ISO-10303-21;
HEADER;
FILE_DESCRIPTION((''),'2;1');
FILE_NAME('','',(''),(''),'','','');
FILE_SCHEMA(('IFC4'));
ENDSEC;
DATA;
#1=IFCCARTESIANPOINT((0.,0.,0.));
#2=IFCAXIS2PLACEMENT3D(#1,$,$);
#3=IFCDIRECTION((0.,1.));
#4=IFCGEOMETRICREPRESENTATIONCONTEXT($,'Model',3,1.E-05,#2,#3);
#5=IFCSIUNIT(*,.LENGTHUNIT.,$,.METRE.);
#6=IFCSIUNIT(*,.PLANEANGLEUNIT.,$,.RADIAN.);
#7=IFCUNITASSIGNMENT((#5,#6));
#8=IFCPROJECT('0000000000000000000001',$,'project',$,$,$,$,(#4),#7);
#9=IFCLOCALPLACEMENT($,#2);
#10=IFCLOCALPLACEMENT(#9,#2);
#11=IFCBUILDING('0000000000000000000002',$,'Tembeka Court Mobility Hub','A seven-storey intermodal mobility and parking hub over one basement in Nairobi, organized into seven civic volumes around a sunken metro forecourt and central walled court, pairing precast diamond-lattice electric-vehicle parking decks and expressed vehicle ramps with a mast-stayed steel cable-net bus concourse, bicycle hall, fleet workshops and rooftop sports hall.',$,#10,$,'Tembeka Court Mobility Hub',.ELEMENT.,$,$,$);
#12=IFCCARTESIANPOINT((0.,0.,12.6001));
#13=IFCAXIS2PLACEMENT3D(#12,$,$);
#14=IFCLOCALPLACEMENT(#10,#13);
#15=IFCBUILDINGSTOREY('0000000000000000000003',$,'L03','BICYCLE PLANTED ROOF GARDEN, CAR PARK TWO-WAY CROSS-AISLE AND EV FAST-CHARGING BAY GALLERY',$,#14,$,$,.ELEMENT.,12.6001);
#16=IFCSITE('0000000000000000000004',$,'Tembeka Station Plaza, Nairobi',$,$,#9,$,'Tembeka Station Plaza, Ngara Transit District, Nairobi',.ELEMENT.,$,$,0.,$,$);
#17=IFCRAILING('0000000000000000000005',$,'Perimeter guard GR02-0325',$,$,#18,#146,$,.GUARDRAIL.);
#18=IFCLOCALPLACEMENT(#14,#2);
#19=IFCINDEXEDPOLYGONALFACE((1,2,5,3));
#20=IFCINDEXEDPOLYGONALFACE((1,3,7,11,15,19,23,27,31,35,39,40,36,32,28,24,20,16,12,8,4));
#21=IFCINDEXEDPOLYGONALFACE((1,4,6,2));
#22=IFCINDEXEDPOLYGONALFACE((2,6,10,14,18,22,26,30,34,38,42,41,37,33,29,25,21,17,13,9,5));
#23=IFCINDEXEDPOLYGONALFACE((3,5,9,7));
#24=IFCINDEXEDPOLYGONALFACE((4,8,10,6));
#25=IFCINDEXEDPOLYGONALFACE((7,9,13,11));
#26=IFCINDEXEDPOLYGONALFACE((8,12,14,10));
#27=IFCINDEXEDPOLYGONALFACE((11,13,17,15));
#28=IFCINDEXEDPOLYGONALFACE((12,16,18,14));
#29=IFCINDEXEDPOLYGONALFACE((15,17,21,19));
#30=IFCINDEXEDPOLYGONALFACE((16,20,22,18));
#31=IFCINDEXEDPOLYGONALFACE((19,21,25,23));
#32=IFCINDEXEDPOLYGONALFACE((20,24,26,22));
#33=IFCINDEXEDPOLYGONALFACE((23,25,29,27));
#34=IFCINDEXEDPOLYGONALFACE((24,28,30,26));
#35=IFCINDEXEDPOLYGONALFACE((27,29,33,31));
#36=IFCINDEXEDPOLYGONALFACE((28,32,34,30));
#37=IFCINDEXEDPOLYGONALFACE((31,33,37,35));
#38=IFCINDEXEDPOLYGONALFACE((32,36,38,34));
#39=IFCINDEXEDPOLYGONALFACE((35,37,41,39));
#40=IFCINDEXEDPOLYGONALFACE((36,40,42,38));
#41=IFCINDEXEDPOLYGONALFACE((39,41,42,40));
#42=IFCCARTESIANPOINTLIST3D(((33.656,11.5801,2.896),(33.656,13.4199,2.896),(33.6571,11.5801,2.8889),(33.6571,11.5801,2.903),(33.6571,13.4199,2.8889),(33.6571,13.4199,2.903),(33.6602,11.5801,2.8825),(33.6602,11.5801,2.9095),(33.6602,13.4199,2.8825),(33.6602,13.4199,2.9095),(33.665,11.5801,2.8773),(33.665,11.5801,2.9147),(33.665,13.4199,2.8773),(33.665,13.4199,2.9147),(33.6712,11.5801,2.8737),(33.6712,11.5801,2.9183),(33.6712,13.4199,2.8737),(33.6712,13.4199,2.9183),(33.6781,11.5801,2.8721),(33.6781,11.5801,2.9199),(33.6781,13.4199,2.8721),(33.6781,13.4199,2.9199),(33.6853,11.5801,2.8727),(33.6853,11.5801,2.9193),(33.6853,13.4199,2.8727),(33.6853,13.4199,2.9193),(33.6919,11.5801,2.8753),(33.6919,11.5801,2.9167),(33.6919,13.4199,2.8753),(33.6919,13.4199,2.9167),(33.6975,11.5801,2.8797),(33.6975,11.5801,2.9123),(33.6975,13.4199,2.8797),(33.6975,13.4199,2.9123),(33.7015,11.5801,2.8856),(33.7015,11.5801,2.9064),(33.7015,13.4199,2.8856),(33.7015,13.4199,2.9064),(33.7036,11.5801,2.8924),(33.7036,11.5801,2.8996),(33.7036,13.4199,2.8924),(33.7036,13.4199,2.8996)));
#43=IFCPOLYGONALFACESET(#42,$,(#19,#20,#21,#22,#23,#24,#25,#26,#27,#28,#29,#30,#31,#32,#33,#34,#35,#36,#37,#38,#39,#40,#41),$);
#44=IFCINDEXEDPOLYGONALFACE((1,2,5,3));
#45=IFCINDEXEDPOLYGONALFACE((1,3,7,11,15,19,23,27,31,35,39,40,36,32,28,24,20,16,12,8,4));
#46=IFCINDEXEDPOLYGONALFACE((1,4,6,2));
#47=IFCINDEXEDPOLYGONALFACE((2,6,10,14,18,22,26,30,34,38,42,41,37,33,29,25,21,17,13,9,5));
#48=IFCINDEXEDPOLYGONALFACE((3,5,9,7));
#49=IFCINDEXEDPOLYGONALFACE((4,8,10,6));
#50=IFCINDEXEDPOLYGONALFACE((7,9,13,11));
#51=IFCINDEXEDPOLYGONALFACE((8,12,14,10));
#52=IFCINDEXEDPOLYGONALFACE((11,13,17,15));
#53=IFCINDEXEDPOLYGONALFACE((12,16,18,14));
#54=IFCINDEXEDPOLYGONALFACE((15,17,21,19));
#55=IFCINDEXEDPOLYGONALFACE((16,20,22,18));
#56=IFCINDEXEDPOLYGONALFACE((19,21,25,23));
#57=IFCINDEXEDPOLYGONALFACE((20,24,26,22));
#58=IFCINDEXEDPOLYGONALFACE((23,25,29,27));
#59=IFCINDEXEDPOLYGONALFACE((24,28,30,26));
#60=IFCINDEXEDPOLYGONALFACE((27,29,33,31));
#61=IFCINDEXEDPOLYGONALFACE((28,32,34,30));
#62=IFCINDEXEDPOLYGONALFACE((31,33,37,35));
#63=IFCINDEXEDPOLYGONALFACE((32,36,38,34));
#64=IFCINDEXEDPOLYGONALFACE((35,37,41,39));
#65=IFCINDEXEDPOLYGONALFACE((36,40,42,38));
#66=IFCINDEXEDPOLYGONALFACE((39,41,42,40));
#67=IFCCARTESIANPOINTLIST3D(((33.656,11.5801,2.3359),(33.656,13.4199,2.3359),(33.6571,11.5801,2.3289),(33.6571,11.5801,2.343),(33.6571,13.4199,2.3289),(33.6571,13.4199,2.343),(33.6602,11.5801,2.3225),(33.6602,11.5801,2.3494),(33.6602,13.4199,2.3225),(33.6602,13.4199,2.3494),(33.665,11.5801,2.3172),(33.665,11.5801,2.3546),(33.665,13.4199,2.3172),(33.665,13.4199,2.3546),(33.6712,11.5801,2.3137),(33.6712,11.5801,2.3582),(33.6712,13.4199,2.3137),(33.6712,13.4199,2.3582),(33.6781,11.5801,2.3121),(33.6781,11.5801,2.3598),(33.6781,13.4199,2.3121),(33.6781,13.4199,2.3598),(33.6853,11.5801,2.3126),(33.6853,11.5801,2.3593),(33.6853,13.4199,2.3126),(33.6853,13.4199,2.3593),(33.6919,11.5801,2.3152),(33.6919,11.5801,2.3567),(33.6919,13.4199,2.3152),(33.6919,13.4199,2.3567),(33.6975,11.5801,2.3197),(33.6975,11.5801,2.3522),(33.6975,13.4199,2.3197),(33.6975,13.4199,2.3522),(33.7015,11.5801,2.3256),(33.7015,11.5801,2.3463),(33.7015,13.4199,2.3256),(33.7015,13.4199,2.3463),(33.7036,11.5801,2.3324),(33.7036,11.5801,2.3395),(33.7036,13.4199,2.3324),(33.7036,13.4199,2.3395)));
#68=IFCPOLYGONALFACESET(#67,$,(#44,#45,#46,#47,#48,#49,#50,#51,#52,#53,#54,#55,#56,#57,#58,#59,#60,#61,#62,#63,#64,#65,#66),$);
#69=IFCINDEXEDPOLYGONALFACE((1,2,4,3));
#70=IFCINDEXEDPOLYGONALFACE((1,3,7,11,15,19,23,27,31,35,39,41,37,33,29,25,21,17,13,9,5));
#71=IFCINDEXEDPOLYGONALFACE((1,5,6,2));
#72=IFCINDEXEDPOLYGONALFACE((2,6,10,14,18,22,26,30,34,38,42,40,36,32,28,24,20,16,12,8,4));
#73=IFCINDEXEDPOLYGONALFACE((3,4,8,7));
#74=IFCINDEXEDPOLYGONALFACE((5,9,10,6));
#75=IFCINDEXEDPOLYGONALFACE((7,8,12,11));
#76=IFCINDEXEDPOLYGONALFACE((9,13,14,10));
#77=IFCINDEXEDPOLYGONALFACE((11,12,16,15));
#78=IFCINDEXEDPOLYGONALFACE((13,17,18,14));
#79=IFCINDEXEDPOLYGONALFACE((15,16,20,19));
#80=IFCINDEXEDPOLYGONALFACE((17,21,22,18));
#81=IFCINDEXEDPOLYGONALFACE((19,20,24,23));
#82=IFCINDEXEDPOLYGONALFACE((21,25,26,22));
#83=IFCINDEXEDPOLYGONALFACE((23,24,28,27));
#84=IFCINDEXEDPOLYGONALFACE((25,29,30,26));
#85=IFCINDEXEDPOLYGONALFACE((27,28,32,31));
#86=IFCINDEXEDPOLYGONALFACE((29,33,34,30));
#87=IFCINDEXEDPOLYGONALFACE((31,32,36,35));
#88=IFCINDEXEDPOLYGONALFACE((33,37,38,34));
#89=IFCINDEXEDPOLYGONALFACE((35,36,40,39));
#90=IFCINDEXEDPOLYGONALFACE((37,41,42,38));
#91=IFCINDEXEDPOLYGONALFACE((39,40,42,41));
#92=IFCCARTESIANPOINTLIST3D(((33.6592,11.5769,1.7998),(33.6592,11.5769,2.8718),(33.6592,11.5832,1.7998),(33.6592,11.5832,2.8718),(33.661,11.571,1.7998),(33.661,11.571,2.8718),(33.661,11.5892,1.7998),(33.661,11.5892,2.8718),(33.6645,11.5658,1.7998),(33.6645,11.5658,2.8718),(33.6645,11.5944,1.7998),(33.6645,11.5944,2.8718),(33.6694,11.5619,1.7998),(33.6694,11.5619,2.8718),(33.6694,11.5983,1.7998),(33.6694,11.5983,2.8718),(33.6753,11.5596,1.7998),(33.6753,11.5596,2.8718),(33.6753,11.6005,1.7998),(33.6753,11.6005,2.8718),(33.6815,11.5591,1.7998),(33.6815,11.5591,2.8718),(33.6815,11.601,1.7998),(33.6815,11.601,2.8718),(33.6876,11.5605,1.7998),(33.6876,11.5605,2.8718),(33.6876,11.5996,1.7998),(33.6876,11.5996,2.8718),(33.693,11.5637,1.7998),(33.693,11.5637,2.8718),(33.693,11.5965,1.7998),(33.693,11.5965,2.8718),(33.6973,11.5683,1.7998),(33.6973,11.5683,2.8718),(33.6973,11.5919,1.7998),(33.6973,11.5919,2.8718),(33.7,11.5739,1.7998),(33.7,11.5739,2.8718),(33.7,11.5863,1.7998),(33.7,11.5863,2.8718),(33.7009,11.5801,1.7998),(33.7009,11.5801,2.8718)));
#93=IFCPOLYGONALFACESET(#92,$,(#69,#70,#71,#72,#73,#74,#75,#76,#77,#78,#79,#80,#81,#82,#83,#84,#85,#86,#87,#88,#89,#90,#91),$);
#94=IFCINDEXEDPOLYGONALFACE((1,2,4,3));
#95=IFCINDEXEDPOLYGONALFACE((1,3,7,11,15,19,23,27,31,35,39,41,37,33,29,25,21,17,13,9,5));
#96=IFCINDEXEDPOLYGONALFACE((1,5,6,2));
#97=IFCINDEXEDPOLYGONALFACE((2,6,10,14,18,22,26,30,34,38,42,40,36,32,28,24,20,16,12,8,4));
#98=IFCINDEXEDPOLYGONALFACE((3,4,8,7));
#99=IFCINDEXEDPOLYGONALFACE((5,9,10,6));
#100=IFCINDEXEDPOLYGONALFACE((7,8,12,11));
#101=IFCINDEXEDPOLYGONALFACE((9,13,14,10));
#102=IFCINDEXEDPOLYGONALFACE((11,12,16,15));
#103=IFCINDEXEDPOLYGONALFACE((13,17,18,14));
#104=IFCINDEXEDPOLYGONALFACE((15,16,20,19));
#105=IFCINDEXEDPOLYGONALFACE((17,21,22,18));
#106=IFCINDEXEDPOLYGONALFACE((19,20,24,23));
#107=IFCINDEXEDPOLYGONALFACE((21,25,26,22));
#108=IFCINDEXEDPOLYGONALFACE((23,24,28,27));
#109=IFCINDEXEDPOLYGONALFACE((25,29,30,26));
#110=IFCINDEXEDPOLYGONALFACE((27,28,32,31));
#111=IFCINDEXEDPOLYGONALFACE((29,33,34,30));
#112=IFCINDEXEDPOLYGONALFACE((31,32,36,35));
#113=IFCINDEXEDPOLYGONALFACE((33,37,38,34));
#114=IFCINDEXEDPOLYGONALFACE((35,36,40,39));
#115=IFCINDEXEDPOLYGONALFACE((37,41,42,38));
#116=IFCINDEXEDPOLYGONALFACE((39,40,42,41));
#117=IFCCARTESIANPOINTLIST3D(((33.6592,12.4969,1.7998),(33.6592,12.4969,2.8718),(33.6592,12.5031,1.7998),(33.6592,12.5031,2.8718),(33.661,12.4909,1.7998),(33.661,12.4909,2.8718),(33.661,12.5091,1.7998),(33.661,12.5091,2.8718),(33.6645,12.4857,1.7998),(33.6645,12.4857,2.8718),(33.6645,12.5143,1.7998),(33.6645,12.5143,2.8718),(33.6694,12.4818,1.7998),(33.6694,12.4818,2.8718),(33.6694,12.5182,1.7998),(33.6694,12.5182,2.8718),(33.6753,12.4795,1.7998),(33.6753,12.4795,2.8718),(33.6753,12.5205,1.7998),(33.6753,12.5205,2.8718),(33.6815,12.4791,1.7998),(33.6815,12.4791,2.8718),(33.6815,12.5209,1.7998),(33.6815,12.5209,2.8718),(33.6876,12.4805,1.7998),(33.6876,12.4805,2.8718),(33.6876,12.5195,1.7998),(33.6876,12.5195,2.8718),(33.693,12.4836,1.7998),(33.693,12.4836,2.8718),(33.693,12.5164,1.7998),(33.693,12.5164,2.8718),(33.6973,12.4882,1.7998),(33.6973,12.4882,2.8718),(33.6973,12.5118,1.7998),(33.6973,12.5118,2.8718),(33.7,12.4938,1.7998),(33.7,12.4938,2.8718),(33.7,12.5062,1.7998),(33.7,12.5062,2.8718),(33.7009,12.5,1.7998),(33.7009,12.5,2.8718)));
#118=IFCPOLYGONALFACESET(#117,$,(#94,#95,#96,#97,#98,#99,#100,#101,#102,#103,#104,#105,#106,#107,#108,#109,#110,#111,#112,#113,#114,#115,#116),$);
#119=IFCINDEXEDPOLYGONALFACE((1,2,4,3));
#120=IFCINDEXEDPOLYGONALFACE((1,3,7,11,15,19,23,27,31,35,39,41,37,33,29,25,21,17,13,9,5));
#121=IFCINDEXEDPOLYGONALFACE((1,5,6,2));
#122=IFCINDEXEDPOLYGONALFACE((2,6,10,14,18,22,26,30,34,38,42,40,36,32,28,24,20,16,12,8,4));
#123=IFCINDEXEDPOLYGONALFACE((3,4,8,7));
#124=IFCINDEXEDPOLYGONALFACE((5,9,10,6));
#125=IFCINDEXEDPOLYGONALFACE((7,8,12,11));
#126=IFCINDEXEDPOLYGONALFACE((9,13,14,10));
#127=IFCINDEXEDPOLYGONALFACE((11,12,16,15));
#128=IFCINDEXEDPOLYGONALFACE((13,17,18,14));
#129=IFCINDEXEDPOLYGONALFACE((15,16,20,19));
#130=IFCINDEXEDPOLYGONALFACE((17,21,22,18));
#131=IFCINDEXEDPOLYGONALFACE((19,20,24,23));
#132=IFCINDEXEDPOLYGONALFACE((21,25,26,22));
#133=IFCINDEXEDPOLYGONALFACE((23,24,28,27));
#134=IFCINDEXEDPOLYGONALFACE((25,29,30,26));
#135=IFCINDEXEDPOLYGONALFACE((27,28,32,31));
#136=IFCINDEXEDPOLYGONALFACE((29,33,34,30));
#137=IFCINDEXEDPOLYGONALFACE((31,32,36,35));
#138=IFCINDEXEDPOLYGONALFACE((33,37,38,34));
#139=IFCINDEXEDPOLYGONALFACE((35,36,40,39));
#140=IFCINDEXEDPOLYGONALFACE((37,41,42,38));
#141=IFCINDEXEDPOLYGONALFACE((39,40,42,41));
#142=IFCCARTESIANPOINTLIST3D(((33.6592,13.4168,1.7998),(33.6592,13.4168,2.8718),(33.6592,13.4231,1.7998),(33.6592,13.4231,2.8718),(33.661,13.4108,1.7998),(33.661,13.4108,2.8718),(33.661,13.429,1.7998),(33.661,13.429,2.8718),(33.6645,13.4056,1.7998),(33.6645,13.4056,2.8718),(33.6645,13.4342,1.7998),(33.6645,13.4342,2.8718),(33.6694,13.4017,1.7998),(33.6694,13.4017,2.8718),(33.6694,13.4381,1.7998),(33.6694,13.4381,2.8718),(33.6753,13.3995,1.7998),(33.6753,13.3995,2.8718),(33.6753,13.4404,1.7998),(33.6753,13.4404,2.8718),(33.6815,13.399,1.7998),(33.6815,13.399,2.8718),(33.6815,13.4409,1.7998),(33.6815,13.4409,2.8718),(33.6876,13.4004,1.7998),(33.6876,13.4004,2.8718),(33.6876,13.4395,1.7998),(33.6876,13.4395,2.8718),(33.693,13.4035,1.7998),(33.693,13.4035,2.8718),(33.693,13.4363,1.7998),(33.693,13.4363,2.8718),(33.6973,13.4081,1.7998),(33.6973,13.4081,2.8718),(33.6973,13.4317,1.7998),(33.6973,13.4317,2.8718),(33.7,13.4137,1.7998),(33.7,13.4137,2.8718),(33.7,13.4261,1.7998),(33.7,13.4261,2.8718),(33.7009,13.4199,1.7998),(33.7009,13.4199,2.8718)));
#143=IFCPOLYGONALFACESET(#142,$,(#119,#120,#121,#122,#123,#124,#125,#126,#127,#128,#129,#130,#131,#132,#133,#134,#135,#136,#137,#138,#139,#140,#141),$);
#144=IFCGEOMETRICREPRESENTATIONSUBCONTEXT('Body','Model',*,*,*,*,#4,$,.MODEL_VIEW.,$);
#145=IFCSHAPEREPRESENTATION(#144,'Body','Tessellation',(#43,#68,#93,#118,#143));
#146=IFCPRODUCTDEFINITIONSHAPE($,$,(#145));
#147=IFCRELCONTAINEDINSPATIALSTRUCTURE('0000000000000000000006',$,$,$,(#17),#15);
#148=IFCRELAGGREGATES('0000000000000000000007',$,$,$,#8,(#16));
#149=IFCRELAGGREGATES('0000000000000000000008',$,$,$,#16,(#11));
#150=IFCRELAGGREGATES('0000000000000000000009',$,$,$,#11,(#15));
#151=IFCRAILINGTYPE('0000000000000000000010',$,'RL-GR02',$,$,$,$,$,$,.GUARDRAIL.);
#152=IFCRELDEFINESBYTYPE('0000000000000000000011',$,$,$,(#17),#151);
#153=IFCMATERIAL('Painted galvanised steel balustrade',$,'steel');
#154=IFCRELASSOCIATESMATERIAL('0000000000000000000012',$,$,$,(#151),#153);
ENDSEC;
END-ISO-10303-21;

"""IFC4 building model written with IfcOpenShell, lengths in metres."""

from ifc_helpers import new_model, si_unit, direction, frame, origin, origin_2d, place, context, subcontext, project, spatial, circle, extrude, material, type_object, element, save


model = new_model("IFC4")

# Units and contexts
model_context = context("Model", 3, precision=1e-05, world=origin(), true_north=direction((0.0, 1.0)))
body_context = subcontext(model_context, "Body", "Model", "MODEL_VIEW")
ifc_project = project(units=[si_unit("LENGTHUNIT", "METRE"), si_unit("PLANEANGLEUNIT", "RADIAN")], contexts=[model_context])

# Site, building, storey
site_placement = place(None, origin())
site = spatial("IfcSite", under=ifc_project, at=site_placement, Name="Tembeka Station Plaza, Nairobi", LongName="Tembeka Station Plaza, Ngara Transit District, Nairobi", CompositionType="ELEMENT", RefElevation=0.0)
building_placement = place(site_placement, origin())
building = spatial("IfcBuilding", under=site, at=building_placement, Name="Tembeka Court Mobility Hub", Description="A seven-storey intermodal mobility and parking hub over one basement in Nairobi, organized into seven civic volumes around a sunken metro forecourt and central walled court, pairing precast diamond-lattice electric-vehicle parking decks and expressed vehicle ramps with a mast-stayed steel cable-net bus concourse, bicycle hall, fleet workshops and rooftop sports hall.", LongName="Tembeka Court Mobility Hub", CompositionType="ELEMENT")
storey_placement = place(building_placement, frame((0.0, 0.0, 12.6001)))
storey = spatial("IfcBuildingStorey", under=building, at=storey_placement, Name="L03", Description="BICYCLE PLANTED ROOF GARDEN, CAR PARK TWO-WAY CROSS-AISLE AND EV FAST-CHARGING BAY GALLERY", CompositionType="ELEMENT", Elevation=12.6001)

# Railing
ifc_material_1 = material(Name="Painted galvanised steel balustrade", Category="steel")
railing_type_1 = type_object("IfcRailingType", Name="RL-GR02", PredefinedType="GUARDRAIL", material=ifc_material_1)
railing_1_placement = place(storey_placement, frame((33.6799, 11.5801, 1.7998)))
element("IfcRailing", 1, at=railing_1_placement, inside=storey, type_object=railing_type_1, Name="Perimeter guard GR02-0325", PredefinedType="GUARDRAIL", context=body_context, shape_type="SweptSolid", body=[
    extrude(circle(Radius=0.0239, at=origin_2d()), frame((0.0, 0.0, 1.0962), z_axis=(0.0, 1.0, 0.0), x_axis=(-1.0, 0.0, 0.0)), (0.0, 0.0, 1.0), 1.8398),
    extrude(circle(Radius=0.0239, at=origin_2d()), frame((0.0, 0.0, 0.5361), z_axis=(0.0, 1.0, 0.0), x_axis=(-1.0, 0.0, 0.0)), (0.0, 0.0, 1.0), 1.8398),
    extrude(circle(Radius=0.021, at=origin_2d()), origin(), (0.0, 0.0, 1.0), 1.072),
    extrude(circle(Radius=0.021, at=origin_2d()), frame((0.0, 0.9199, 0.0)), (0.0, 0.0, 1.0), 1.072),
    extrude(circle(Radius=0.021, at=origin_2d()), frame((0.0, 1.8398, 0.0)), (0.0, 0.0, 1.0), 1.072),
])

save(model, "model.ifc")
